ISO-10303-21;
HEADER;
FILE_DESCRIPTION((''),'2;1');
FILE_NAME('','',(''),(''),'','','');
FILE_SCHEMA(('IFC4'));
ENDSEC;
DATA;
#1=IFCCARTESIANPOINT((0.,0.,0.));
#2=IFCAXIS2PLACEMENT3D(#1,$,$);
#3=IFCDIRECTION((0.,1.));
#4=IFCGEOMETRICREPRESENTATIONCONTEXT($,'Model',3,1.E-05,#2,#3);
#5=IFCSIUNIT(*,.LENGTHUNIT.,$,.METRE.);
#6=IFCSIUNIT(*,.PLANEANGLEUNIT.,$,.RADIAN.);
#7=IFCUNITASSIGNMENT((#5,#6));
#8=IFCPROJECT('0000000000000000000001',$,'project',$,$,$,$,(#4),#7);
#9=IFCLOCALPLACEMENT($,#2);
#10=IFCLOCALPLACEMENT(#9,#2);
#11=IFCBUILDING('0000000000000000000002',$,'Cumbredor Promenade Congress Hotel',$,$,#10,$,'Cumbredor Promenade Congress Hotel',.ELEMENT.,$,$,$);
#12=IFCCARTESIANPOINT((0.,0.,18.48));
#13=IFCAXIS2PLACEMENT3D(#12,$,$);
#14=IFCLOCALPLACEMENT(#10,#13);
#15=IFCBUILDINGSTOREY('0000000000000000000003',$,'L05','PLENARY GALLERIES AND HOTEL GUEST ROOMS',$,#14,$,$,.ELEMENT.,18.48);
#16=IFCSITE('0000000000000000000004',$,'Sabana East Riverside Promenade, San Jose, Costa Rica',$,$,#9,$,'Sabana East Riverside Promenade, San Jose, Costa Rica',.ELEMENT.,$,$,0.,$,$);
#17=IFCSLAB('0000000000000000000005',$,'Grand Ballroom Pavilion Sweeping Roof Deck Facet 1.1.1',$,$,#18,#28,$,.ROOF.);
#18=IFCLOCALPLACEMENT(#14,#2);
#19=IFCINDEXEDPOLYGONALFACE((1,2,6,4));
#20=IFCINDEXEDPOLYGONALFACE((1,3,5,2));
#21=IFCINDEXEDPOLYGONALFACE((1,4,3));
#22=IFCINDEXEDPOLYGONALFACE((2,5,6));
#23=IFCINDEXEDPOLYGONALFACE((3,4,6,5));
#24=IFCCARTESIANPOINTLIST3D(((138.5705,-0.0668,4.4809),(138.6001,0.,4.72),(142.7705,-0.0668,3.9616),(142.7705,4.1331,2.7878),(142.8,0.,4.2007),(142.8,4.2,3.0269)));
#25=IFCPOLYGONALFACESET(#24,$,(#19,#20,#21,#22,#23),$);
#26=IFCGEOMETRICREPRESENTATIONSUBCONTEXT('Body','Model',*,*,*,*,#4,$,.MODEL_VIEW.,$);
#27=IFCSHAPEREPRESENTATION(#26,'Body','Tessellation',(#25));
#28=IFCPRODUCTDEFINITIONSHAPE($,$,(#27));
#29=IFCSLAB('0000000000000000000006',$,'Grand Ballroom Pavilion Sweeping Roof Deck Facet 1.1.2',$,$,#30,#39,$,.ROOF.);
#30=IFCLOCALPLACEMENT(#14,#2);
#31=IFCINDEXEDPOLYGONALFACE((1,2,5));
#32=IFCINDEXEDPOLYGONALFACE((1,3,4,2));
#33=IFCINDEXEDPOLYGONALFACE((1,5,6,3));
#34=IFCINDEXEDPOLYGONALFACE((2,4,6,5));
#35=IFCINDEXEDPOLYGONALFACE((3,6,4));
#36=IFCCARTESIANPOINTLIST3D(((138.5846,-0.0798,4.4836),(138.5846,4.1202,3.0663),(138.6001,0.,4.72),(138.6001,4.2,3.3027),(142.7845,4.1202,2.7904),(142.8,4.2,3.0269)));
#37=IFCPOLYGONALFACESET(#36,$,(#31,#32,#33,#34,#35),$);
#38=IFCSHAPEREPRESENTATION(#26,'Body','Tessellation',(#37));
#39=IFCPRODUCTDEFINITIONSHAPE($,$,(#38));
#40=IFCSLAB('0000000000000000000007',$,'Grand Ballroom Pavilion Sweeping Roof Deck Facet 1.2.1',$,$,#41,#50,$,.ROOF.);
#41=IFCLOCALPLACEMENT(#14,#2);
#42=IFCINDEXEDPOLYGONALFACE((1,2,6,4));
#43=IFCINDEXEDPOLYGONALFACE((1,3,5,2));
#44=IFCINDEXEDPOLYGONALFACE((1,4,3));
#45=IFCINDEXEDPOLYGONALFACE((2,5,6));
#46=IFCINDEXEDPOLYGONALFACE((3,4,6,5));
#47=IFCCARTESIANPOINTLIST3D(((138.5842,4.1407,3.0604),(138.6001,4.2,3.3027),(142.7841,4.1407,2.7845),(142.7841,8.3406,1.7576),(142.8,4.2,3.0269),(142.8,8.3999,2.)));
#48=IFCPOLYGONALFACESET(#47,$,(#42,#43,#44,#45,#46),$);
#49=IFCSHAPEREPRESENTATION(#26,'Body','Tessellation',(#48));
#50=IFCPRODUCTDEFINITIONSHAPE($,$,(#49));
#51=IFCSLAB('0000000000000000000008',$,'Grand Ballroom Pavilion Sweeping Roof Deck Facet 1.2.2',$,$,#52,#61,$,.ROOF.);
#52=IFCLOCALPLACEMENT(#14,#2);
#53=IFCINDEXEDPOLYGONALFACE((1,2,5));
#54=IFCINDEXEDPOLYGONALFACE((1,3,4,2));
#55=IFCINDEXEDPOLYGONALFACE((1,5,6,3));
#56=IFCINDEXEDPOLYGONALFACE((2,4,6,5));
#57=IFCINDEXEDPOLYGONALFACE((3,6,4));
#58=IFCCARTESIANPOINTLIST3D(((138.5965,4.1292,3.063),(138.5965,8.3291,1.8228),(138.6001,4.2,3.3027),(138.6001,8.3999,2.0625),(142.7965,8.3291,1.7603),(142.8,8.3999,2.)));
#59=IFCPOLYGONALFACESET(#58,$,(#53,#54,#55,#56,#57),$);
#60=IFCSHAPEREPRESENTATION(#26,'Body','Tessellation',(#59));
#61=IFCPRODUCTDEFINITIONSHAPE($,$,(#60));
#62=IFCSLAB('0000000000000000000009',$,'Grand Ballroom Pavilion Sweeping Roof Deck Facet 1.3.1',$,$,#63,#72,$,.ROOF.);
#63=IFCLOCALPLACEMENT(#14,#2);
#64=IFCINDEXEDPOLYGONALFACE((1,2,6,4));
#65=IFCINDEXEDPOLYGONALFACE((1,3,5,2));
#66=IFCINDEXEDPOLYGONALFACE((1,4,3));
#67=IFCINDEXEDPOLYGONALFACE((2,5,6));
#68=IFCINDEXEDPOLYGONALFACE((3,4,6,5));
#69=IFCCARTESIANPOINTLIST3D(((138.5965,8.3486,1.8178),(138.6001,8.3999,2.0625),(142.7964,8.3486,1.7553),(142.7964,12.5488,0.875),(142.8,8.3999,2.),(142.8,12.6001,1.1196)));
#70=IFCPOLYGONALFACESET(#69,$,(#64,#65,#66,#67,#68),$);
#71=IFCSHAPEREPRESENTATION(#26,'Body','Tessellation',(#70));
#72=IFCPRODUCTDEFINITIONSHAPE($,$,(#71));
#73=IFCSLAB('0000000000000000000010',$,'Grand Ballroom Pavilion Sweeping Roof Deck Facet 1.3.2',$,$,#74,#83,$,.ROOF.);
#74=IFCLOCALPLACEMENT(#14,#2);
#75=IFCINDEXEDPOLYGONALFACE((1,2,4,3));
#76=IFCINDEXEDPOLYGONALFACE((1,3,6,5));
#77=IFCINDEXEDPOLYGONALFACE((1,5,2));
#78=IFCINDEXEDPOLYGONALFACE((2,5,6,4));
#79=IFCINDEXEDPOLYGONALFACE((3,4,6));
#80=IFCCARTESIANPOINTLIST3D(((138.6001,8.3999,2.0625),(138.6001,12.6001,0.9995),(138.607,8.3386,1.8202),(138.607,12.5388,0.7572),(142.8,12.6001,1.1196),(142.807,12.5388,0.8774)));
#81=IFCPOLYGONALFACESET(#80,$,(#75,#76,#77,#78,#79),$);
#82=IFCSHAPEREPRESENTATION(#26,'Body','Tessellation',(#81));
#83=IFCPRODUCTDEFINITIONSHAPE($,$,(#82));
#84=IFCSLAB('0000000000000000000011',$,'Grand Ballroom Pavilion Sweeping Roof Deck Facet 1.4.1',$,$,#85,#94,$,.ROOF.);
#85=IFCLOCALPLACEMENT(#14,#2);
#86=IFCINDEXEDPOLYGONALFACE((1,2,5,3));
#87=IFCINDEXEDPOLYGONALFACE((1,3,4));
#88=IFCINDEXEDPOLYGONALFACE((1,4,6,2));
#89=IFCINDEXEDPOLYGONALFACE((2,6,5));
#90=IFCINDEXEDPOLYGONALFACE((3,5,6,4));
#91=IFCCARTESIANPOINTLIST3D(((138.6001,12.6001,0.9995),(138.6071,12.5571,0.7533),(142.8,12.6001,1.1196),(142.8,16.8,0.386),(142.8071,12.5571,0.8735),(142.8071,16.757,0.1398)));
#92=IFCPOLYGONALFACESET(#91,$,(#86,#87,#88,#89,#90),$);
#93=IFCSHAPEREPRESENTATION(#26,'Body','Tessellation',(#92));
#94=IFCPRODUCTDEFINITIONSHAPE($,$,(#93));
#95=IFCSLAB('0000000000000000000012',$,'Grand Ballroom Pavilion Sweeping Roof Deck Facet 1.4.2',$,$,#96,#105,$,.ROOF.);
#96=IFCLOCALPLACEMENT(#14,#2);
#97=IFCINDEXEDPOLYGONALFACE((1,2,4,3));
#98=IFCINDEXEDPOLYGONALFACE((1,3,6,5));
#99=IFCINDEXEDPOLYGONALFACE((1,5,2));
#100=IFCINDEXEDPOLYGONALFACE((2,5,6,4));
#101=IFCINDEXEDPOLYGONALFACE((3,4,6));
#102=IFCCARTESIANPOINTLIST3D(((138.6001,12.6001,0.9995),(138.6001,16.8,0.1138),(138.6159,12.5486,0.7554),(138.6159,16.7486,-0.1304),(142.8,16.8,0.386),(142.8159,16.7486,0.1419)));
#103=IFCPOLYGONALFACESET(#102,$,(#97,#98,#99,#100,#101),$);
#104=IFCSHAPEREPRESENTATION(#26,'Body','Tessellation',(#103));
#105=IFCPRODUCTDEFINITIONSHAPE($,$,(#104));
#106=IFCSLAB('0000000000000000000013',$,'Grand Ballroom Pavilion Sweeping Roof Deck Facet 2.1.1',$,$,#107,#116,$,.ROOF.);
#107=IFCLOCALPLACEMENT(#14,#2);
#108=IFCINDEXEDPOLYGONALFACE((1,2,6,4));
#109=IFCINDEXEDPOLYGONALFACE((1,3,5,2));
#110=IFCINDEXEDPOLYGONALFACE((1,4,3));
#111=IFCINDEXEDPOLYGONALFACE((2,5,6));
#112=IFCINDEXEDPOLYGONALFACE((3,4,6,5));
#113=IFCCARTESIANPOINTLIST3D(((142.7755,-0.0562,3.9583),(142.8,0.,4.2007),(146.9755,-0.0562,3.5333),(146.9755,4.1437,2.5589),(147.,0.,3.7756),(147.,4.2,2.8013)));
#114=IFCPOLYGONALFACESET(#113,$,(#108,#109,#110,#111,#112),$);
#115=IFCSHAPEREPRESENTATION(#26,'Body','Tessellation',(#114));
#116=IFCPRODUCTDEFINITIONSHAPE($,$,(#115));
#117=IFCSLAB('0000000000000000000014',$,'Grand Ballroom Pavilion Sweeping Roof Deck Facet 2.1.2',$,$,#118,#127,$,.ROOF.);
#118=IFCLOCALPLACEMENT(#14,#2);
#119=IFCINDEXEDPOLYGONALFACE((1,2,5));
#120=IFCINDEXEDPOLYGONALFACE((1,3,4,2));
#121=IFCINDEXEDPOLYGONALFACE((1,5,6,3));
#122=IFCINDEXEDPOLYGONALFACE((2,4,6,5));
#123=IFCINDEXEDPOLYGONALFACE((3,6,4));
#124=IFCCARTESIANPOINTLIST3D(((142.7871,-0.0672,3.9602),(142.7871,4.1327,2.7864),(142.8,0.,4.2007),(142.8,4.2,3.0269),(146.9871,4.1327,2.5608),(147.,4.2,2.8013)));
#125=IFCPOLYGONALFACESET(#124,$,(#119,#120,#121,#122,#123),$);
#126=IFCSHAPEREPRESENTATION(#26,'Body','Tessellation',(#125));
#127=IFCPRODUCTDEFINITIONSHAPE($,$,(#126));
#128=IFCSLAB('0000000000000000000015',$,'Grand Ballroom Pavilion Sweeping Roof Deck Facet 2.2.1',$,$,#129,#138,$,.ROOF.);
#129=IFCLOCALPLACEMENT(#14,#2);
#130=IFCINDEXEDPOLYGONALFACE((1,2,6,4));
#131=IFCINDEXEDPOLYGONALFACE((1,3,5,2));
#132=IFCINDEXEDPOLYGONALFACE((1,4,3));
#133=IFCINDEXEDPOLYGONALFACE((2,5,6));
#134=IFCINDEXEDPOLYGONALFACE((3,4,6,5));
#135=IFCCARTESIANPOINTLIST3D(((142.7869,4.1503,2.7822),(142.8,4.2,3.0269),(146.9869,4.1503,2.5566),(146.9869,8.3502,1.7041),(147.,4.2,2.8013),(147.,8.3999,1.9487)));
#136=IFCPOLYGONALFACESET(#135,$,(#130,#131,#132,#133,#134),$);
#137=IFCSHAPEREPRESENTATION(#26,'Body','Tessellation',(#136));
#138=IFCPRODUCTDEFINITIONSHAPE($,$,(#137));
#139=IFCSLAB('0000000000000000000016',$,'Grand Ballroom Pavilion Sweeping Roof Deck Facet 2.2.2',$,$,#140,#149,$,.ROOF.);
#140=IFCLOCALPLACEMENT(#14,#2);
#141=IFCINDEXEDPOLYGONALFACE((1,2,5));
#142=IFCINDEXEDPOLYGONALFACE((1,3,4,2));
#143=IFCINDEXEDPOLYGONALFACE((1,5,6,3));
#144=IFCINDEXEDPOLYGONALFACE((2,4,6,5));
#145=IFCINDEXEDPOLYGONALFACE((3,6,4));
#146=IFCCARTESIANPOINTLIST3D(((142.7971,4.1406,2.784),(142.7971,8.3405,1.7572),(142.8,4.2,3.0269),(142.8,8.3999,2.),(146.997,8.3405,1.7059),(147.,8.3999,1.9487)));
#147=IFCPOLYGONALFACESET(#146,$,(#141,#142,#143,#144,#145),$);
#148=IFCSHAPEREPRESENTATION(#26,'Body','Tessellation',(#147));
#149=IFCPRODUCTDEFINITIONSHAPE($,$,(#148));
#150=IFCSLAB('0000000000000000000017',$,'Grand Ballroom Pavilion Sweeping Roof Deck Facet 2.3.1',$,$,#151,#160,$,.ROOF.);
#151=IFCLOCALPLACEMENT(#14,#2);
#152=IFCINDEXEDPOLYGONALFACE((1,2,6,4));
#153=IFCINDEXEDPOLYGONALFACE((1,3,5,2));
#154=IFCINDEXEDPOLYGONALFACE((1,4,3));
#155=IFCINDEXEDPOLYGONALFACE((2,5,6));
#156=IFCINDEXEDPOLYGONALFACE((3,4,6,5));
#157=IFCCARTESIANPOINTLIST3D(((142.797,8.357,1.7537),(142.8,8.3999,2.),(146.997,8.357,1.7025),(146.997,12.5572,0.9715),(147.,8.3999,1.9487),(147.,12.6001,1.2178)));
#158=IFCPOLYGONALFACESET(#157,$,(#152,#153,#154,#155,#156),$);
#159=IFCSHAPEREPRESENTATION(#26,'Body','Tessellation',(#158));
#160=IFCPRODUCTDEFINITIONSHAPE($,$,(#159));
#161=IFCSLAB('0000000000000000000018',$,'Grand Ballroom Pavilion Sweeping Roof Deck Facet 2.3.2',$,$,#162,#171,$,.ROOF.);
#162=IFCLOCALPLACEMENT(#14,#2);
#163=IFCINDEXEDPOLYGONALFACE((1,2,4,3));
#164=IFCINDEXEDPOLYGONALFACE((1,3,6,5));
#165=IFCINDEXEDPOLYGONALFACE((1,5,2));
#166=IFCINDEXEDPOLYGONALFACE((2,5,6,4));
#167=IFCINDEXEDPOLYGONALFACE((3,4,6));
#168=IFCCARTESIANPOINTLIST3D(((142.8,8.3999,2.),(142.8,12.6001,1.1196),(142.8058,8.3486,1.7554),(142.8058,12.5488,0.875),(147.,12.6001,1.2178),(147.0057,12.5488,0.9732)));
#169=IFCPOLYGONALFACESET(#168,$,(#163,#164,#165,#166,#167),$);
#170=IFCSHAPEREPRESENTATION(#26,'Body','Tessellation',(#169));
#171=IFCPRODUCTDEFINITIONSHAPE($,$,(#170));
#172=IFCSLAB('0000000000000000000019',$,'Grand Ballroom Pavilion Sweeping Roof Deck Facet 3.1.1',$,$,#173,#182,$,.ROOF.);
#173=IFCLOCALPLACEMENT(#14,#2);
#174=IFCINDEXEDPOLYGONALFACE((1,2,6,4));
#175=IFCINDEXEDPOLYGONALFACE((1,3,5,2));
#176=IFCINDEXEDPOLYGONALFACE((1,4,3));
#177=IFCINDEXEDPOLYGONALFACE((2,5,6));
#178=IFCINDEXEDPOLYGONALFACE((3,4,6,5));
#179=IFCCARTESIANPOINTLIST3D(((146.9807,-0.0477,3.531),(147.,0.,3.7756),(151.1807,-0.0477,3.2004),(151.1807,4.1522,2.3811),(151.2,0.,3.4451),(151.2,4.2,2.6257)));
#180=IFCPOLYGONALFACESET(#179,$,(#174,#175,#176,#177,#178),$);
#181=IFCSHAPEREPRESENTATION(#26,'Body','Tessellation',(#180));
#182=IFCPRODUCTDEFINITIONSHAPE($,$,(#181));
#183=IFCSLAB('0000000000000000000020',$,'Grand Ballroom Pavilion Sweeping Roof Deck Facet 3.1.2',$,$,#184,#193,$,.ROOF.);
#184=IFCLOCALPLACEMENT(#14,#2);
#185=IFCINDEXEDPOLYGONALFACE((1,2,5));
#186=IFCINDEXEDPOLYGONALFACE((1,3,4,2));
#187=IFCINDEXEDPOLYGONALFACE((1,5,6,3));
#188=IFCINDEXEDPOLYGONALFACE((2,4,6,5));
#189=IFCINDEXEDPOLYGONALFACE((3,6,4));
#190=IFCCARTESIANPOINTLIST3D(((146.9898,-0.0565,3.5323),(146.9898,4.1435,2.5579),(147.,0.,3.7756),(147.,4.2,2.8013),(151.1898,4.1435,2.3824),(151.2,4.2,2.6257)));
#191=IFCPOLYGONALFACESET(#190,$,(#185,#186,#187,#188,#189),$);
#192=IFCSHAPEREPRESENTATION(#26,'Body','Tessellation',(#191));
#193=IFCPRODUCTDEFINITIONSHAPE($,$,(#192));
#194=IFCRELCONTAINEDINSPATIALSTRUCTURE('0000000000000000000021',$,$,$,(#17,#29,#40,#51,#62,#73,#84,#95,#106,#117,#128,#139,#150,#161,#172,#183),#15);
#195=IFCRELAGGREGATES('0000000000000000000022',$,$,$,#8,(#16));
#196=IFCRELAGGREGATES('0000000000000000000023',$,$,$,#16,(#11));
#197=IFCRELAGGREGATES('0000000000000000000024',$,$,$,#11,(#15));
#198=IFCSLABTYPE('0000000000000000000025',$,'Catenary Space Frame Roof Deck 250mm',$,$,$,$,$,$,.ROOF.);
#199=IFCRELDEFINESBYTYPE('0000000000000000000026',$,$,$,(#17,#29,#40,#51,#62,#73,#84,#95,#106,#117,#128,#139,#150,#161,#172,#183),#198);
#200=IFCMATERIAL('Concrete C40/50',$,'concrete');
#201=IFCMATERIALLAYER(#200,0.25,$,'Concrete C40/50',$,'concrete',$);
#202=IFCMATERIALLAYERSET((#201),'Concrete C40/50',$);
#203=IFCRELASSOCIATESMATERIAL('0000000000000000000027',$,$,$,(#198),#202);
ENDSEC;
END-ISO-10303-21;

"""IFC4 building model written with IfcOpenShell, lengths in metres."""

from ifc_helpers import new_model, si_unit, direction, frame, origin, place, context, subcontext, project, spatial, polyline, outline, extrude, material, layer, layer_set, type_object, element, save


model = new_model("IFC4")

# Units and contexts
model_context = context("Model", 3, precision=1e-05, world=origin(), true_north=direction((0.0, 1.0)))
body_context = subcontext(model_context, "Body", "Model", "MODEL_VIEW")
ifc_project = project(units=[si_unit("LENGTHUNIT", "METRE"), si_unit("PLANEANGLEUNIT", "RADIAN")], contexts=[model_context])

# Site, building, storey
site_placement = place(None, origin())
site = spatial("IfcSite", under=ifc_project, at=site_placement, Name="Sabana East Riverside Promenade, San Jose, Costa Rica", LongName="Sabana East Riverside Promenade, San Jose, Costa Rica", CompositionType="ELEMENT", RefElevation=0.0)
building_placement = place(site_placement, origin())
building = spatial("IfcBuilding", under=site, at=building_placement, Name="Cumbredor Promenade Congress Hotel", LongName="Cumbredor Promenade Congress Hotel", CompositionType="ELEMENT")
storey_placement = place(building_placement, frame((0.0, 0.0, 18.48)))
storey = spatial("IfcBuildingStorey", under=building, at=storey_placement, Name="L05", Description="PLENARY GALLERIES AND HOTEL GUEST ROOMS", CompositionType="ELEMENT", Elevation=18.48)

# Slabs
ifc_material_1 = material(Name="Concrete C40/50", Category="concrete")
ifc_layer_1 = layer(ifc_material_1, 0.25, Name="Concrete C40/50", Category="concrete")
ifc_layer_set_1 = layer_set([ifc_layer_1], Name="Concrete C40/50")
slab_type = type_object("IfcSlabType", Name="Catenary Space Frame Roof Deck 250mm", PredefinedType="ROOF", material=ifc_layer_set_1)
slab_1_placement = place(storey_placement, frame((138.6001, 0.0, 4.72), z_axis=(0.118243, 0.267283, 0.956336), x_axis=(0.992443, 0.0, -0.122707)))
element("IfcSlab", 1, at=slab_1_placement, inside=storey, type_object=slab_type, Name="Grand Ballroom Pavilion Sweeping Roof Deck Facet 1.1.1", PredefinedType="ROOF", context=body_context, shape_type="SweptSolid", body=[
    extrude(outline(polyline([(0.0, 0.0), (4.2319, 0.0), (4.376, 4.3585), (0.0, 0.0)])), origin(), (0.0, 0.0, -1.0), 0.25),
])
slab_2_placement = place(storey_placement, frame((138.6001, 0.0, 4.72), z_axis=(0.062118, 0.319111, 0.945679), x_axis=(0.680019, 0.680019, -0.274134)))
element("IfcSlab", 2, at=slab_2_placement, inside=storey, type_object=slab_type, Name="Grand Ballroom Pavilion Sweeping Roof Deck Facet 1.1.2", PredefinedType="ROOF", context=body_context, shape_type="SweptSolid", body=[
    extrude(outline(polyline([(0.0, 0.0), (6.1762, 0.0), (3.2446, 3.0201), (0.0, 0.0)])), origin(), (0.0, 0.0, -1.0), 0.25),
])
slab_3_placement = place(storey_placement, frame((138.6001, 4.2, 3.3027), z_axis=(0.063677, 0.237015, 0.969417), x_axis=(0.99785, 0.0, -0.065545)))
element("IfcSlab", 3, at=slab_3_placement, inside=storey, type_object=slab_type, Name="Grand Ballroom Pavilion Sweeping Roof Deck Facet 1.2.1", PredefinedType="ROOF", context=body_context, shape_type="SweptSolid", body=[
    extrude(outline(polyline([(0.0, 0.0), (4.209, 0.0), (4.2763, 4.3231), (0.0, 0.0)])), origin(), (0.0, 0.0, -1.0), 0.25),
])
slab_4_placement = place(storey_placement, frame((138.6001, 4.2, 3.3027), z_axis=(0.01427, 0.283179, 0.958961), x_axis=(0.690689, 0.690689, -0.214237)))
element("IfcSlab", 4, at=slab_4_placement, inside=storey, type_object=slab_type, Name="Grand Ballroom Pavilion Sweeping Roof Deck Facet 1.2.2", PredefinedType="ROOF", context=body_context, shape_type="SweptSolid", body=[
    extrude(outline(polyline([(0.0, 0.0), (6.0808, 0.0), (3.1666, 3.025), (0.0, 0.0)])), origin(), (0.0, 0.0, -1.0), 0.25),
])
slab_5_placement = place(storey_placement, frame((138.6001, 8.3999, 2.0625), z_axis=(0.014563, 0.205123, 0.978628), x_axis=(0.999889, 0.0, -0.014879)))
element("IfcSlab", 5, at=slab_5_placement, inside=storey, type_object=slab_type, Name="Grand Ballroom Pavilion Sweeping Roof Deck Facet 1.3.1", PredefinedType="ROOF", context=body_context, shape_type="SweptSolid", body=[
    extrude(outline(polyline([(0.0, 0.0), (4.2004, 0.0), (4.2135, 4.2914), (0.0, 0.0)])), origin(), (0.0, 0.0, -1.0), 0.25),
])
slab_6_placement = place(storey_placement, frame((138.6001, 8.3999, 2.0625), z_axis=(-0.027715, 0.245251, 0.969063), x_axis=(0.698343, 0.698383, -0.156775)))
element("IfcSlab", 6, at=slab_6_placement, inside=storey, type_object=slab_type, Name="Grand Ballroom Pavilion Sweeping Roof Deck Facet 1.3.2", PredefinedType="ROOF", context=body_context, shape_type="SweptSolid", body=[
    extrude(outline(polyline([(0.0, 0.0), (6.0142, 0.0), (3.1, 3.0268), (0.0, 0.0)])), origin(), (0.0, 0.0, -1.0), 0.25),
])
slab_7_placement = place(storey_placement, frame((138.6001, 12.6001, 0.9995), z_axis=(-0.028162, 0.172005, 0.984693), x_axis=(0.999591, 0.0, 0.028588)))
element("IfcSlab", 7, at=slab_7_placement, inside=storey, type_object=slab_type, Name="Grand Ballroom Pavilion Sweeping Roof Deck Facet 1.4.1", PredefinedType="ROOF", context=body_context, shape_type="SweptSolid", body=[
    extrude(outline(polyline([(0.0, 0.0), (4.2017, 0.0), (4.1807, 4.2635), (0.0, 0.0)])), origin(), (0.0, 0.0, -1.0), 0.25),
])
slab_8_placement = place(storey_placement, frame((138.6001, 12.6001, 0.9995), z_axis=(-0.063292, 0.205941, 0.976516), x_axis=(0.703364, 0.703364, -0.102747)))
element("IfcSlab", 8, at=slab_8_placement, inside=storey, type_object=slab_type, Name="Grand Ballroom Pavilion Sweeping Roof Deck Facet 1.4.2", PredefinedType="ROOF", context=body_context, shape_type="SweptSolid", body=[
    extrude(outline(polyline([(0.0, 0.0), (5.9712, 0.0), (3.0451, 3.0251), (0.0, 0.0)])), origin(), (0.0, 0.0, -1.0), 0.25),
])
slab_9_placement = place(storey_placement, frame((142.8, 0.0, 4.2007), z_axis=(0.098109, 0.224902, 0.969429), x_axis=(0.994918, 0.0, -0.100689)))
element("IfcSlab", 9, at=slab_9_placement, inside=storey, type_object=slab_type, Name="Grand Ballroom Pavilion Sweeping Roof Deck Facet 2.1.1", PredefinedType="ROOF", context=body_context, shape_type="SweptSolid", body=[
    extrude(outline(polyline([(0.0, 0.0), (4.2214, 0.0), (4.3195, 4.3104), (0.0, 0.0)])), origin(), (0.0, 0.0, -1.0), 0.25),
])
slab_10_placement = place(storey_placement, frame((142.8, 0.0, 4.2007), z_axis=(0.05166, 0.268812, 0.961806), x_axis=(0.688262, 0.688262, -0.229327)))
element("IfcSlab", 10, at=slab_10_placement, inside=storey, type_object=slab_type, Name="Grand Ballroom Pavilion Sweeping Roof Deck Facet 2.1.2", PredefinedType="ROOF", context=body_context, shape_type="SweptSolid", body=[
    extrude(outline(polyline([(0.0, 0.0), (6.1023, 0.0), (3.1599, 3.0055), (0.0, 0.0)])), origin(), (0.0, 0.0, -1.0), 0.25),
])
slab_11_placement = place(storey_placement, frame((142.8, 4.2, 3.0269), z_axis=(0.052565, 0.198656, 0.978659), x_axis=(0.998561, 0.0, -0.053634)))
element("IfcSlab", 11, at=slab_11_placement, inside=storey, type_object=slab_type, Name="Grand Ballroom Pavilion Sweeping Roof Deck Facet 2.2.1", PredefinedType="ROOF", context=body_context, shape_type="SweptSolid", body=[
    extrude(outline(polyline([(0.0, 0.0), (4.206, 0.0), (4.2517, 4.2854), (0.0, 0.0)])), origin(), (0.0, 0.0, -1.0), 0.25),
])
slab_12_placement = place(storey_placement, frame((142.8, 4.2, 3.0269), z_axis=(0.011857, 0.23748, 0.97132), x_axis=(0.695738, 0.695738, -0.178596)))
element("IfcSlab", 12, at=slab_12_placement, inside=storey, type_object=slab_type, Name="Grand Ballroom Pavilion Sweeping Roof Deck Facet 2.2.2", PredefinedType="ROOF", context=body_context, shape_type="SweptSolid", body=[
    extrude(outline(polyline([(0.0, 0.0), (6.0367, 0.0), (3.1055, 3.0083), (0.0, 0.0)])), origin(), (0.0, 0.0, -1.0), 0.25),
])
slab_13_placement = place(storey_placement, frame((142.8, 8.3999, 2.0), z_axis=(0.012026, 0.17144, 0.985121), x_axis=(0.999926, 0.0, -0.012206)))
element("IfcSlab", 13, at=slab_13_placement, inside=storey, type_object=slab_type, Name="Grand Ballroom Pavilion Sweeping Roof Deck Facet 2.3.1", PredefinedType="ROOF", context=body_context, shape_type="SweptSolid", body=[
    extrude(outline(polyline([(0.0, 0.0), (4.2003, 0.0), (4.2092, 4.2633), (0.0, 0.0)])), origin(), (0.0, 0.0, -1.0), 0.25),
])
slab_14_placement = place(storey_placement, frame((142.8, 8.3999, 2.0), z_axis=(-0.022865, 0.205091, 0.978476), x_axis=(0.701033, 0.701074, -0.130565)))
element("IfcSlab", 14, at=slab_14_placement, inside=storey, type_object=slab_type, Name="Grand Ballroom Pavilion Sweeping Roof Deck Facet 2.3.2", PredefinedType="ROOF", context=body_context, shape_type="SweptSolid", body=[
    extrude(outline(polyline([(0.0, 0.0), (5.9911, 0.0), (3.0596, 3.0092), (0.0, 0.0)])), origin(), (0.0, 0.0, -1.0), 0.25),
])
slab_15_placement = place(storey_placement, frame((147.0, 0.0, 3.7756), z_axis=(0.077021, 0.190904, 0.978582), x_axis=(0.996917, 0.0, -0.078465)))
element("IfcSlab", 15, at=slab_15_placement, inside=storey, type_object=slab_type, Name="Grand Ballroom Pavilion Sweeping Roof Deck Facet 3.1.1", PredefinedType="ROOF", context=body_context, shape_type="SweptSolid", body=[
    extrude(outline(polyline([(0.0, 0.0), (4.2129, 0.0), (4.2772, 4.2786), (0.0, 0.0)])), origin(), (0.0, 0.0, -1.0), 0.25),
])
slab_16_placement = place(storey_placement, frame((147.0, 0.0, 3.7756), z_axis=(0.04068, 0.225805, 0.973323), x_axis=(0.694217, 0.694217, -0.190069)))
element("IfcSlab", 16, at=slab_16_placement, inside=storey, type_object=slab_type, Name="Grand Ballroom Pavilion Sweeping Roof Deck Facet 3.1.2", PredefinedType="ROOF", context=body_context, shape_type="SweptSolid", body=[
    extrude(outline(polyline([(0.0, 0.0), (6.0499, 0.0), (3.1009, 2.9956), (0.0, 0.0)])), origin(), (0.0, 0.0, -1.0), 0.25),
])

save(model, "model.ifc")
